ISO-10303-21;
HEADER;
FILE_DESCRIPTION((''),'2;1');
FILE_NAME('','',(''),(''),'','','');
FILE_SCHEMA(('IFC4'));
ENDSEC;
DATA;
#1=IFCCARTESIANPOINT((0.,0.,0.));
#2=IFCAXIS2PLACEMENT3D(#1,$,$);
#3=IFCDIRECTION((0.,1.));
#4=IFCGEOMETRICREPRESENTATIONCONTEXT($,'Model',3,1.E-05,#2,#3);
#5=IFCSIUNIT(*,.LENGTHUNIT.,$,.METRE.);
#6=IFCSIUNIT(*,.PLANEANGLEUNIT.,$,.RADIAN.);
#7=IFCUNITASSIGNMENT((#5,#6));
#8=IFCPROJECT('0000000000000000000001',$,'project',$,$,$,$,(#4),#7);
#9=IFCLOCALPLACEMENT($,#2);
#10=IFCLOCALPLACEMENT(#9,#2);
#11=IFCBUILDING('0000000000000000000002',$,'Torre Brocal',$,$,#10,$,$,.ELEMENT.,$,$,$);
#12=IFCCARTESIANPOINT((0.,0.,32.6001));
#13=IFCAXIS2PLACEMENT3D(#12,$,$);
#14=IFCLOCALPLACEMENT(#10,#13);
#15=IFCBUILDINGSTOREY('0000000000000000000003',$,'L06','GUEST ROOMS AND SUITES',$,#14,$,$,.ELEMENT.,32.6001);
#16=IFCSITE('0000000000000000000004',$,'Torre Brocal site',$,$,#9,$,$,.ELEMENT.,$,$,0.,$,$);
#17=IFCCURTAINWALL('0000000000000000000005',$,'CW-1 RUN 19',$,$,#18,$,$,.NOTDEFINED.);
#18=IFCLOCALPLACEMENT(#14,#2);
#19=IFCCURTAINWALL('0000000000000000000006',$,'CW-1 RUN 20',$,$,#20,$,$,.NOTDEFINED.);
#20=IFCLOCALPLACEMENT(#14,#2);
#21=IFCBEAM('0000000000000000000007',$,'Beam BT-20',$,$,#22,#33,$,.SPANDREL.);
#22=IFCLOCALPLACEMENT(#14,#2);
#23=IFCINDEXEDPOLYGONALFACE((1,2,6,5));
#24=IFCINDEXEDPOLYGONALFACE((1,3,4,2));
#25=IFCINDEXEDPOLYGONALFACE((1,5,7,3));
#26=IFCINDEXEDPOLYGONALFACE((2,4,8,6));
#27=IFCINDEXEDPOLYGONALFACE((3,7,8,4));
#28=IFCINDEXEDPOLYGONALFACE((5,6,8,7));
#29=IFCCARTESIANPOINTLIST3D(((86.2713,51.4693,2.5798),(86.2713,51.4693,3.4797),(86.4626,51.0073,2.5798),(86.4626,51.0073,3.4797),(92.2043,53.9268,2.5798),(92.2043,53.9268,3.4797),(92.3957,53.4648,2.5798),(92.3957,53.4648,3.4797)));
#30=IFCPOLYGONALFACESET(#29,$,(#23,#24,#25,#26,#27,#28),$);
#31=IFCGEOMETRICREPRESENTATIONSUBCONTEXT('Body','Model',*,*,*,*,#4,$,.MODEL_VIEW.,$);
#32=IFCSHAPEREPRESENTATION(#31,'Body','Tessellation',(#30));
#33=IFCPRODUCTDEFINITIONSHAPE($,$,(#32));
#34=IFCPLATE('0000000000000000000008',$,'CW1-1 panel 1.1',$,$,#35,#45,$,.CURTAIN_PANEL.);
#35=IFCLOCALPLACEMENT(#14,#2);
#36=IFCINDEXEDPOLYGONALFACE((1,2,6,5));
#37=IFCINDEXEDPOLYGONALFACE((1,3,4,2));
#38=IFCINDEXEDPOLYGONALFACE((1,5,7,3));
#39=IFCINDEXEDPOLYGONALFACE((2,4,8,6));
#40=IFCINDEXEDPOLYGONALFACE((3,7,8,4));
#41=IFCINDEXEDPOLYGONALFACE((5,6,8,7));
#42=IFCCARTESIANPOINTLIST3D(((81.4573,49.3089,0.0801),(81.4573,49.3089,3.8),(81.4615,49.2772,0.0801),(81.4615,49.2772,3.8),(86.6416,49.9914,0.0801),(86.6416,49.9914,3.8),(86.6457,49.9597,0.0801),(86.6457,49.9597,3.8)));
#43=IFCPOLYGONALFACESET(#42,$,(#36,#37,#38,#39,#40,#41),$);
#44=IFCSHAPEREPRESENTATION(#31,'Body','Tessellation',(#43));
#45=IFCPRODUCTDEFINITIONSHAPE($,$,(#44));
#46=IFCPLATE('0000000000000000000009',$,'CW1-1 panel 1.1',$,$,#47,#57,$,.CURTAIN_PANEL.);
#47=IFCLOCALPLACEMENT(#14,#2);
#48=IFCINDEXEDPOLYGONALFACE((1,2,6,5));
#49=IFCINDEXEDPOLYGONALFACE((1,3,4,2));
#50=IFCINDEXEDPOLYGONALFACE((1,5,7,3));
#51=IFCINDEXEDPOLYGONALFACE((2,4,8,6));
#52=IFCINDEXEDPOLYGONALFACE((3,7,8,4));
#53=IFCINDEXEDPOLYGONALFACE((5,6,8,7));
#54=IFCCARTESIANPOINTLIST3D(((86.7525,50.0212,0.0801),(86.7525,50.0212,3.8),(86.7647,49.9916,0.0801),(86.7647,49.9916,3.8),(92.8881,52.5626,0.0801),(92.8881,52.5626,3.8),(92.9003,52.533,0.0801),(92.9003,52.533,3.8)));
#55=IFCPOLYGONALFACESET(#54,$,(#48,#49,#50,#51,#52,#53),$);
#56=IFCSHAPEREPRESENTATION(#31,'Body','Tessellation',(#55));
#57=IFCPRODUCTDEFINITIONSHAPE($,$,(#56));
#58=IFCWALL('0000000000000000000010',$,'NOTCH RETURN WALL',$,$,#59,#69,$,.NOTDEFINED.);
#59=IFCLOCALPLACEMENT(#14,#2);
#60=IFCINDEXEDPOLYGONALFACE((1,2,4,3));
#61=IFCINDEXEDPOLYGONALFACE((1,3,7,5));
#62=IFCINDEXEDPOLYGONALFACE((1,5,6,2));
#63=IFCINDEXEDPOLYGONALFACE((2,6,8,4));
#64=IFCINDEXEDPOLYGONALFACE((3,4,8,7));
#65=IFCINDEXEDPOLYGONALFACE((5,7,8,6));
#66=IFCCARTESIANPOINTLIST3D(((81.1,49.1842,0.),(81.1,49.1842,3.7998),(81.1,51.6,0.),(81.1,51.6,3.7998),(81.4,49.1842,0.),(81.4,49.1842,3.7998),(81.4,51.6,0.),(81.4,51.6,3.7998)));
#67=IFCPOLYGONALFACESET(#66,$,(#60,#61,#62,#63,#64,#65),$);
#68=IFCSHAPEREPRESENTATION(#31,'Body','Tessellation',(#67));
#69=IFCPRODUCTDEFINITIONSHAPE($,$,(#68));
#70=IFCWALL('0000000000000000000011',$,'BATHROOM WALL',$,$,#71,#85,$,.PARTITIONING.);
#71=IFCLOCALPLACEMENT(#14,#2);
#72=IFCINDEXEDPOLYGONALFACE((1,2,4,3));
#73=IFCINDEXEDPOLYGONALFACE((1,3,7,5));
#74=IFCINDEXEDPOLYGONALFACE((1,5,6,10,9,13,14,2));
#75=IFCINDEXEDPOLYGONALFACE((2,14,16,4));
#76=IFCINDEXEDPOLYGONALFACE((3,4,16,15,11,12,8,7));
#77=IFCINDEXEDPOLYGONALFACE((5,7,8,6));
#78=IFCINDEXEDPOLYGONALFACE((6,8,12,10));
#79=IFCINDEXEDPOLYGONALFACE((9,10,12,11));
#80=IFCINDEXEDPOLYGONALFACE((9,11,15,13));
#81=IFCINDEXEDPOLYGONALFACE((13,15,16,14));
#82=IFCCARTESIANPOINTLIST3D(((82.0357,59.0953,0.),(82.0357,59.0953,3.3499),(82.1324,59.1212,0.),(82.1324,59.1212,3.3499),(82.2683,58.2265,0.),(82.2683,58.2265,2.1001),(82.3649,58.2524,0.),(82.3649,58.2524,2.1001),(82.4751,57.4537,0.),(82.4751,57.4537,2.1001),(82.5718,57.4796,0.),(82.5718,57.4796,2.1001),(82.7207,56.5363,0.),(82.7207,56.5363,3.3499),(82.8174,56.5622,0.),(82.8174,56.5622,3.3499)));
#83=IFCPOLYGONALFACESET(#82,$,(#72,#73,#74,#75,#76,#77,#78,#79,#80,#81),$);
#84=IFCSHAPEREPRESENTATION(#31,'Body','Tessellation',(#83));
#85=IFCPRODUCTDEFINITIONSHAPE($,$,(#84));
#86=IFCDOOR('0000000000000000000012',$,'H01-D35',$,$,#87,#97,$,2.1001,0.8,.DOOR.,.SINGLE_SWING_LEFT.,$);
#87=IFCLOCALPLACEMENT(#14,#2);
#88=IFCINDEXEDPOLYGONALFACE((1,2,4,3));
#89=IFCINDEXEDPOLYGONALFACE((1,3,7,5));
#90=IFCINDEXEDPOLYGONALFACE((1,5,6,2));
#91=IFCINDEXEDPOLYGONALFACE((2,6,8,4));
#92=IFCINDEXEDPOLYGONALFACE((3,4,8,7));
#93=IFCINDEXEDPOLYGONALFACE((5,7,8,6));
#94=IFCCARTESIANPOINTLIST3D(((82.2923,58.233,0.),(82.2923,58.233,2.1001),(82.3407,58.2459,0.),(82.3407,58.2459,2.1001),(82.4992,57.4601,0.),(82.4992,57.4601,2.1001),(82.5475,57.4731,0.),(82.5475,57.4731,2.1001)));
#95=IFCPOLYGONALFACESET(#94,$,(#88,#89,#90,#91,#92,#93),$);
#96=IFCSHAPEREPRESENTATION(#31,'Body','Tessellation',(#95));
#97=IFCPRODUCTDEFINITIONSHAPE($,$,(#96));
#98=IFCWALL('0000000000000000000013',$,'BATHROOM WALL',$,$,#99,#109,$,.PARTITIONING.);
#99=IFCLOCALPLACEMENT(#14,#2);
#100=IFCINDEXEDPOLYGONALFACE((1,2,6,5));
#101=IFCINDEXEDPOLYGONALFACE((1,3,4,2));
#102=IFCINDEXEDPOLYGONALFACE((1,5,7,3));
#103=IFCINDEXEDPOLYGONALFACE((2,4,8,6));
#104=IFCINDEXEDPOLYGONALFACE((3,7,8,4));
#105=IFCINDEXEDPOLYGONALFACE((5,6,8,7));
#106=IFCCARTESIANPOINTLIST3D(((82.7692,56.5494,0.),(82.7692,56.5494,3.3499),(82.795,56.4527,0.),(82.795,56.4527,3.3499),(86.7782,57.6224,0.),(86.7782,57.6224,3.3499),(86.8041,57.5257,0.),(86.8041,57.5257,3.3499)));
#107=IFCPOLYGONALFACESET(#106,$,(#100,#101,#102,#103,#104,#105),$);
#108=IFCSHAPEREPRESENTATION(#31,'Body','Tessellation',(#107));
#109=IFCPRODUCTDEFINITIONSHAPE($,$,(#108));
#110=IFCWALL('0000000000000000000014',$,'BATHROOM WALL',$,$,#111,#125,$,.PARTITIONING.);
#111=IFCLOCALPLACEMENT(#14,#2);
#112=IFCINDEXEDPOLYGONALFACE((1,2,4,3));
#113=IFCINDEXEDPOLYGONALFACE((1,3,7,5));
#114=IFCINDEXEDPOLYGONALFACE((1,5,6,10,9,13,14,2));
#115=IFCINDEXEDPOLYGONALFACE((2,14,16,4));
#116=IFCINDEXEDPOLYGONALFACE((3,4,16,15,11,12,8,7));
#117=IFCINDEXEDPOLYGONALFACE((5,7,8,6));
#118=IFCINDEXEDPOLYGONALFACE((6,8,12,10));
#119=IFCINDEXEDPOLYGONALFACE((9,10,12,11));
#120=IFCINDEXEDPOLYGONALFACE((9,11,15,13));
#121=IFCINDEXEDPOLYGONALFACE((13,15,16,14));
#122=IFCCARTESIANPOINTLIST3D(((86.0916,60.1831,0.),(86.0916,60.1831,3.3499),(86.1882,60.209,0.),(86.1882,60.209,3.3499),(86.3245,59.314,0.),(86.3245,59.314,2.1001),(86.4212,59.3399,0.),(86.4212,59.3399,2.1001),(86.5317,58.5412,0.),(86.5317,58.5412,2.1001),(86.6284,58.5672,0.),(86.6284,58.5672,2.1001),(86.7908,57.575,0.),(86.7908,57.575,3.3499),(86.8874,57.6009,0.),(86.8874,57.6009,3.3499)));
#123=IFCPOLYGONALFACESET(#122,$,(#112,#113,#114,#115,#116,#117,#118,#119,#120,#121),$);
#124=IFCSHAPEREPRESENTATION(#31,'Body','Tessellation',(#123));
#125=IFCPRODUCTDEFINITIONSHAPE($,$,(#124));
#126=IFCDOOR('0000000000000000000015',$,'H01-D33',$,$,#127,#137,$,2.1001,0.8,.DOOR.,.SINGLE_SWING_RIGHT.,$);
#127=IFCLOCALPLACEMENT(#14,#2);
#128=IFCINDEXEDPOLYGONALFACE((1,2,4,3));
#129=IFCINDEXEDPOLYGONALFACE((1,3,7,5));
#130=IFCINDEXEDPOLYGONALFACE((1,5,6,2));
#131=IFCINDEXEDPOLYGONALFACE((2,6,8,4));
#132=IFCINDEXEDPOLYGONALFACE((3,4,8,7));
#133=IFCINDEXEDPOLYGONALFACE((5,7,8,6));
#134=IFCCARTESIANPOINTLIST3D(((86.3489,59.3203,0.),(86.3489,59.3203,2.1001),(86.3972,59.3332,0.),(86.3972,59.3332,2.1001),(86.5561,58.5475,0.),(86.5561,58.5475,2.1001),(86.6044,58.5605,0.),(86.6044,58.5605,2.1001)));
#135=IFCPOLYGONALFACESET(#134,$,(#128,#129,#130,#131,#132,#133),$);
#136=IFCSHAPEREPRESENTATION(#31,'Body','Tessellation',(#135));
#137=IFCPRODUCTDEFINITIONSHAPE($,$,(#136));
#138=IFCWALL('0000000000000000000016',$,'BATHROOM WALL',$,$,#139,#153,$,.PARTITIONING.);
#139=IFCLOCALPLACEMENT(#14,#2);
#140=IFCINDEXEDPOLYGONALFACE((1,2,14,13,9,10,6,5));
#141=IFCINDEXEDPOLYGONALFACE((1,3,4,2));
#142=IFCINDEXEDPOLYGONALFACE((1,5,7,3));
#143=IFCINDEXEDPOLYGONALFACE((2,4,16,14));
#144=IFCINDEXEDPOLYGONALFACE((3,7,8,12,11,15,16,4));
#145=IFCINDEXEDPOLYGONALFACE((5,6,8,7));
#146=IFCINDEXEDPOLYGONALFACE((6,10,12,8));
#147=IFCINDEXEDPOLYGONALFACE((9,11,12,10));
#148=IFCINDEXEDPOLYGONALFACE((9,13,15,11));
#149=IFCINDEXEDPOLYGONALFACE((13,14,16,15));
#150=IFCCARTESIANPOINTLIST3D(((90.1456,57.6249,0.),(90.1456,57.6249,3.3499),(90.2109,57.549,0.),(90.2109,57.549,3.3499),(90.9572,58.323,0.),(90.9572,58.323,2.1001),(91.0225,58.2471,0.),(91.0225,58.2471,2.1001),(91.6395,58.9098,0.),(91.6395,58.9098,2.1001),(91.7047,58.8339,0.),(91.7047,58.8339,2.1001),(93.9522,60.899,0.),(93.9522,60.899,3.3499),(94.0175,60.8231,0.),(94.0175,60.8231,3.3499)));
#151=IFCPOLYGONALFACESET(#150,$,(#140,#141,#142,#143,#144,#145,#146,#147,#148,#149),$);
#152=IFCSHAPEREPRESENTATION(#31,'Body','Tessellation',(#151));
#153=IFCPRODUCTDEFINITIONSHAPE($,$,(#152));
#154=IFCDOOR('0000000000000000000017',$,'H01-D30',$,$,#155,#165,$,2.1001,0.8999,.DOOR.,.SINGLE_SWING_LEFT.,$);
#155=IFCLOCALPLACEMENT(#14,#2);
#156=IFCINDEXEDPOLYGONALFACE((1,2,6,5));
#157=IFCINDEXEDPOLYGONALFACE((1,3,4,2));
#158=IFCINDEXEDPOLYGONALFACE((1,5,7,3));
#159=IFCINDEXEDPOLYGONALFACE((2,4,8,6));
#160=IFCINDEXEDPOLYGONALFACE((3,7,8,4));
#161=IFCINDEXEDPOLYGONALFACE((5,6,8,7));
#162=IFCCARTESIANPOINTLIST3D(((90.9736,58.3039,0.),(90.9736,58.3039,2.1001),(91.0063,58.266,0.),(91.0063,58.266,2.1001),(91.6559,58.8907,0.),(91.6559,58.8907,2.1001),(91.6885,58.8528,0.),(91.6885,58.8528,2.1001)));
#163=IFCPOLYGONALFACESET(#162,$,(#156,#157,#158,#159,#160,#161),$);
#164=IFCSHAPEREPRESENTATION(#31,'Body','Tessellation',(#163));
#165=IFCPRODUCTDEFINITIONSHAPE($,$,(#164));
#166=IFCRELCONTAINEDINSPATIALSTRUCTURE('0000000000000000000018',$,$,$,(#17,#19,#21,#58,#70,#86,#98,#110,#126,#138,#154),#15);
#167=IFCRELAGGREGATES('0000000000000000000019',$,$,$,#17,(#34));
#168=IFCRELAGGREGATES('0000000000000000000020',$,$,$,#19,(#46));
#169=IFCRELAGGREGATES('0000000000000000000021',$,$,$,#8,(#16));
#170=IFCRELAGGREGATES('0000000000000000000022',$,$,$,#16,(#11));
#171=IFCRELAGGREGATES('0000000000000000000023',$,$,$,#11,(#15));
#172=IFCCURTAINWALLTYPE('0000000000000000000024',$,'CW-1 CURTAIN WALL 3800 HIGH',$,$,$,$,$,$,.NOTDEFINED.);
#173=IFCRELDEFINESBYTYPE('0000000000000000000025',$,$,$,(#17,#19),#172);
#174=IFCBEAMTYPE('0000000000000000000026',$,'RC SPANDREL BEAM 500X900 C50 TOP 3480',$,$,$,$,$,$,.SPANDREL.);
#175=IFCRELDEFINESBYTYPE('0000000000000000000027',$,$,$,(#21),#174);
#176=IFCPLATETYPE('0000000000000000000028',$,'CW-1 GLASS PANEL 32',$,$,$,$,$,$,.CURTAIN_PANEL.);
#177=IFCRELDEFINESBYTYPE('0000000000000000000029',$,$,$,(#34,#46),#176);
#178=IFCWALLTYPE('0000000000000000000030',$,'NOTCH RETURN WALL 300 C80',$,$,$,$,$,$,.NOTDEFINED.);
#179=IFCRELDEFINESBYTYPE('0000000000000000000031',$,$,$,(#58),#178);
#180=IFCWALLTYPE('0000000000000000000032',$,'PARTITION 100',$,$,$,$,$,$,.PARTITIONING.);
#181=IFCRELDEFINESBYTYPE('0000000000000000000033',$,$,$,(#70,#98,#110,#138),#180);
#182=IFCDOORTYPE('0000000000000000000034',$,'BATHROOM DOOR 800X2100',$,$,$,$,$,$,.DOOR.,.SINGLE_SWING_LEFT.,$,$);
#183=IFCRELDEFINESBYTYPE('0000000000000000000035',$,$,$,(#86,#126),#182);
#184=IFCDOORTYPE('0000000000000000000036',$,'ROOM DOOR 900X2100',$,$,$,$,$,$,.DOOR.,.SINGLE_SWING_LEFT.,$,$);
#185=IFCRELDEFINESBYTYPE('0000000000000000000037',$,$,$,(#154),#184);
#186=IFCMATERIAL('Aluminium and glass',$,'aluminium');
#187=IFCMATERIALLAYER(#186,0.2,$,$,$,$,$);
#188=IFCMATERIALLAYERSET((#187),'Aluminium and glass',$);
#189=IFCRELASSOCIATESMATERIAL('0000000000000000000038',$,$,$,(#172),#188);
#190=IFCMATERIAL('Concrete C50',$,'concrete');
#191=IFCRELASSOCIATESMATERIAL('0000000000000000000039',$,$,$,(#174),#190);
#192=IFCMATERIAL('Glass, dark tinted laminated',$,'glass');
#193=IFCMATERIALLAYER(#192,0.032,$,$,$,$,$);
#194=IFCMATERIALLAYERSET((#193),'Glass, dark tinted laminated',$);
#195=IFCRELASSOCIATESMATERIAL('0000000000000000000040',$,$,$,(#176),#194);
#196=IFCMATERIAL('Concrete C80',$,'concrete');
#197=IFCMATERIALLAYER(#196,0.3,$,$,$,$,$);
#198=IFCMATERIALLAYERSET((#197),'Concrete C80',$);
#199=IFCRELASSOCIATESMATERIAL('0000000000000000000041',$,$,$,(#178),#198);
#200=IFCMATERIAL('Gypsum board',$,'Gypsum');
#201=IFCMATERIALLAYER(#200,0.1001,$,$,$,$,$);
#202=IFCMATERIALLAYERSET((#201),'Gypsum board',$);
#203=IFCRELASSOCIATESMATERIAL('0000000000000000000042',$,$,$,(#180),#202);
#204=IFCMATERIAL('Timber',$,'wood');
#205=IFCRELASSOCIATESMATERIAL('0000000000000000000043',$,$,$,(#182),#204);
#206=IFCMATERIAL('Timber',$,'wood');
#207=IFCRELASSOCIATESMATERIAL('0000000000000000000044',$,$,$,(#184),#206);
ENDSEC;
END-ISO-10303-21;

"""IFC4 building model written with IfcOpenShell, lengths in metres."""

from ifc_helpers import new_model, si_unit, direction, frame, frame_2d, origin, origin_2d, place, context, subcontext, project, spatial, rectangle, extrude, material, layer, layer_set, material_profile, profile_set, type_object, element, fill, aggregate, save


model = new_model("IFC4")

# Units and contexts
model_context = context("Model", 3, precision=1e-05, world=origin(), true_north=direction((0.0, 1.0)))
body_context = subcontext(model_context, "Body", "Model", "MODEL_VIEW")
ifc_project = project(units=[si_unit("LENGTHUNIT", "METRE"), si_unit("PLANEANGLEUNIT", "RADIAN")], contexts=[model_context])

# Site, building, storey
site_placement = place(None, origin())
site = spatial("IfcSite", under=ifc_project, at=site_placement, Name="Torre Brocal site", CompositionType="ELEMENT", RefElevation=0.0)
building_placement = place(site_placement, origin())
building = spatial("IfcBuilding", under=site, at=building_placement, Name="Torre Brocal", CompositionType="ELEMENT")
storey_placement = place(building_placement, frame((0.0, 0.0, 32.6001)))
storey = spatial("IfcBuildingStorey", under=building, at=storey_placement, Name="L06", Description="GUEST ROOMS AND SUITES", CompositionType="ELEMENT", Elevation=32.6001)

# Curtain wall
ifc_material_1 = material(Name="Aluminium and glass", Category="aluminium")
ifc_layer_1 = layer(ifc_material_1, 0.2)
ifc_layer_set_1 = layer_set([ifc_layer_1], Name="Aluminium and glass")
curtain_wall_type = type_object("IfcCurtainWallType", Name="CW-1 CURTAIN WALL 3800 HIGH", PredefinedType="NOTDEFINED", material=ifc_layer_set_1)
curtain_wall_1_placement = place(storey_placement, origin())
curtain_wall_1 = element("IfcCurtainWall", 1, at=curtain_wall_1_placement, inside=storey, type_object=curtain_wall_type, Name="CW-1 RUN 19", PredefinedType="NOTDEFINED")

# Curtain wall
curtain_wall_2_placement = place(storey_placement, origin())
curtain_wall_2 = element("IfcCurtainWall", 2, at=curtain_wall_2_placement, inside=storey, type_object=curtain_wall_type, Name="CW-1 RUN 20", PredefinedType="NOTDEFINED")

# Beam
ifc_material_2 = material(Name="Concrete C50", Category="concrete")
ifc_material_profile_1 = material_profile(ifc_material_2, rectangle(XDim=0.5, YDim=0.8999, at=origin_2d()), Name="RC 500X900")
ifc_profile_set_1 = profile_set([ifc_material_profile_1], Name="Concrete C50")
beam_type_1 = type_object("IfcBeamType", Name="RC SPANDREL BEAM 500X900 C50 TOP 3480", PredefinedType="SPANDREL", material=ifc_profile_set_1)
beam_1_placement = place(storey_placement, frame((86.3669, 51.2383, 3.0298), z_axis=(0.923882, 0.382676, 0.0), x_axis=(-0.382676, 0.923882, 0.0)))
element("IfcBeam", 3, at=beam_1_placement, inside=storey, type_object=beam_type_1, Name="Beam BT-20", PredefinedType="SPANDREL", context=body_context, shape_type="SweptSolid", body=[
    extrude(rectangle(XDim=0.5, YDim=0.8999, at=origin_2d()), origin(), (0.0, 0.0, 1.0), 6.4219),
])

# Plates
ifc_material_3 = material(Name="Glass, dark tinted laminated", Category="glass")
ifc_layer_2 = layer(ifc_material_3, 0.032)
ifc_layer_set_2 = layer_set([ifc_layer_2], Name="Glass, dark tinted laminated")
plate_type = type_object("IfcPlateType", Name="CW-1 GLASS PANEL 32", PredefinedType="CURTAIN_PANEL", material=ifc_layer_set_2)
plate_1_placement = place(storey_placement, frame((84.0515, 49.6343, 0.0801), z_axis=(0.0, 0.0, 1.0), x_axis=(0.991445, 0.130526, 0.0)))
plate_1 = element("IfcPlate", 4, at=plate_1_placement, type_object=plate_type, Name="CW1-1 panel 1.1", PredefinedType="CURTAIN_PANEL", context=body_context, shape_type="SweptSolid", body=[
    extrude(rectangle(XDim=5.229, YDim=0.032, at=origin_2d()), origin(), (0.0, 0.0, 1.0), 3.72),
])
aggregate(curtain_wall_1, [plate_1])
plate_2_placement = place(storey_placement, frame((89.8264, 51.2771, 0.0801), z_axis=(0.0, 0.0, 1.0), x_axis=(0.92388, 0.382683, 0.0)))
plate_2 = element("IfcPlate", 5, at=plate_2_placement, type_object=plate_type, Name="CW1-1 panel 1.1", PredefinedType="CURTAIN_PANEL", context=body_context, shape_type="SweptSolid", body=[
    extrude(rectangle(XDim=6.6411, YDim=0.032, at=origin_2d()), origin(), (0.0, 0.0, 1.0), 3.72),
])
aggregate(curtain_wall_2, [plate_2])

# Wall
ifc_material_4 = material(Name="Concrete C80", Category="concrete")
ifc_layer_3 = layer(ifc_material_4, 0.3)
ifc_layer_set_3 = layer_set([ifc_layer_3], Name="Concrete C80")
wall_type_1 = type_object("IfcWallType", Name="NOTCH RETURN WALL 300 C80", PredefinedType="NOTDEFINED", material=ifc_layer_set_3)
wall_1_placement = place(storey_placement, frame((81.25, 51.6001, 0.0), z_axis=(0.0, 0.0, 1.0), x_axis=(0.0, -1.0, 0.0)))
element("IfcWall", 6, at=wall_1_placement, inside=storey, type_object=wall_type_1, Name="NOTCH RETURN WALL", PredefinedType="NOTDEFINED", context=body_context, shape_type="SweptSolid", body=[
    extrude(rectangle(XDim=2.4158, YDim=0.3, at=frame_2d((1.208, 0.0))), origin(), (0.0, 0.0, 1.0), 3.7998),
])

# Wall, opening, door
ifc_material_5 = material(Name="Gypsum board", Category="Gypsum")
ifc_layer_4 = layer(ifc_material_5, 0.1001)
ifc_layer_set_4 = layer_set([ifc_layer_4], Name="Gypsum board")
wall_type_2 = type_object("IfcWallType", Name="PARTITION 100", PredefinedType="PARTITIONING", material=ifc_layer_set_4)
wall_2_placement = place(storey_placement, frame((82.084, 59.1084, 0.0), z_axis=(0.0, 0.0, 1.0), x_axis=(0.258592, -0.965987, 0.0)))
wall_2 = element("IfcWall", 7, at=wall_2_placement, inside=storey, type_object=wall_type_2, Name="BATHROOM WALL", PredefinedType="PARTITIONING", context=body_context, shape_type="SweptSolid", body=[
    extrude(rectangle(XDim=2.6492, YDim=0.1001, at=frame_2d((1.3247, 0.0))), origin(), (0.0, 0.0, 1.0), 3.3499),
])
opening_1_placement = place(wall_2_placement, frame((0.8997, 0.0, 0.0)))
opening_1 = element("IfcOpeningElement", 8, at=opening_1_placement, cuts=wall_2, PredefinedType="OPENING", context=body_context, shape_type="SweptSolid", body=[
    extrude(rectangle(XDim=0.8, YDim=2.1001, at=frame_2d((0.3999, 1.05))), frame((0.0, 0.0601, 0.0), z_axis=(0.0, -1.0, 0.0), x_axis=(1.0, 0.0, 0.0)), (0.0, 0.0, 1.0), 0.1201),
])
ifc_material_6 = material(Name="Timber", Category="wood")
door_type_1 = type_object("IfcDoorType", Name="BATHROOM DOOR 800X2100", OperationType="SINGLE_SWING_LEFT", PredefinedType="DOOR", material=ifc_material_6)
door_1_placement = place(opening_1_placement, origin())
door_1 = element("IfcDoor", 9, at=door_1_placement, inside=storey, type_object=door_type_1, Name="H01-D35", OperationType="SINGLE_SWING_LEFT", OverallHeight=2.1001, OverallWidth=0.8, PredefinedType="DOOR", context=body_context, shape_type="SweptSolid", body=[
    extrude(rectangle(XDim=0.8, YDim=2.1001, at=frame_2d((0.3999, 1.05))), frame((0.0, 0.0249, 0.0), z_axis=(0.0, -1.0, 0.0), x_axis=(1.0, 0.0, 0.0)), (0.0, 0.0, 1.0), 0.05),
])
fill(opening_1, door_1)

# Wall
wall_3_placement = place(storey_placement, frame((82.782, 56.501, 0.0), z_axis=(0.0, 0.0, 1.0), x_axis=(0.965999, 0.258545, 0.0)))
element("IfcWall", 10, at=wall_3_placement, inside=storey, type_object=wall_type_2, Name="BATHROOM WALL", PredefinedType="PARTITIONING", context=body_context, shape_type="SweptSolid", body=[
    extrude(rectangle(XDim=4.1501, YDim=0.1001, at=frame_2d((2.0752, 0.0))), origin(), (0.0, 0.0, 1.0), 3.3499),
])

# Walls, openings, doors
wall_4_placement = place(storey_placement, frame((86.1399, 60.196, 0.0), z_axis=(0.0, 0.0, 1.0), x_axis=(0.258945, -0.965892, 0.0)))
wall_4 = element("IfcWall", 11, at=wall_4_placement, inside=storey, type_object=wall_type_2, Name="BATHROOM WALL", PredefinedType="PARTITIONING", context=body_context, shape_type="SweptSolid", body=[
    extrude(rectangle(XDim=2.7002, YDim=0.1001, at=frame_2d((1.3501, 0.0))), origin(), (0.0, 0.0, 1.0), 3.3499),
])
opening_2_placement = place(wall_4_placement, frame((0.8999, 0.0, 0.0)))
opening_2 = element("IfcOpeningElement", 12, at=opening_2_placement, cuts=wall_4, PredefinedType="OPENING", context=body_context, shape_type="SweptSolid", body=[
    extrude(rectangle(XDim=0.8, YDim=2.1001, at=frame_2d((0.3999, 1.05))), frame((0.0, 0.0601, 0.0), z_axis=(0.0, -1.0, 0.0), x_axis=(1.0, 0.0, 0.0)), (0.0, 0.0, 1.0), 0.1201),
])
door_2_placement = place(opening_2_placement, frame((0.8, 0.0, 0.0), z_axis=(0.0, 0.0, 1.0), x_axis=(-1.0, 0.0, 0.0)))
door_2 = element("IfcDoor", 13, at=door_2_placement, inside=storey, type_object=door_type_1, Name="H01-D33", OperationType="SINGLE_SWING_RIGHT", OverallHeight=2.1001, OverallWidth=0.8, PredefinedType="DOOR", context=body_context, shape_type="SweptSolid", body=[
    extrude(rectangle(XDim=0.8, YDim=2.1001, at=frame_2d((0.3999, 1.05))), frame((0.0, 0.0249, 0.0), z_axis=(0.0, -1.0, 0.0), x_axis=(1.0, 0.0, 0.0)), (0.0, 0.0, 1.0), 0.05),
])
fill(opening_2, door_2)
wall_5_placement = place(storey_placement, frame((90.1782, 57.5869, 0.0), z_axis=(0.0, 0.0, 1.0), x_axis=(0.75814, 0.652092, 0.0)))
wall_5 = element("IfcWall", 14, at=wall_5_placement, inside=storey, type_object=wall_type_2, Name="BATHROOM WALL", PredefinedType="PARTITIONING", context=body_context, shape_type="SweptSolid", body=[
    extrude(rectangle(XDim=5.021, YDim=0.1001, at=frame_2d((2.5105, 0.0))), origin(), (0.0, 0.0, 1.0), 3.3499),
])
opening_3_placement = place(wall_5_placement, frame((1.0706, 0.0, 0.0)))
opening_3 = element("IfcOpeningElement", 15, at=opening_3_placement, cuts=wall_5, PredefinedType="OPENING", context=body_context, shape_type="SweptSolid", body=[
    extrude(rectangle(XDim=0.8999, YDim=2.1001, at=frame_2d((0.45, 1.05))), frame((0.0, 0.0601, 0.0), z_axis=(0.0, -1.0, 0.0), x_axis=(1.0, 0.0, 0.0)), (0.0, 0.0, 1.0), 0.1201),
])
ifc_material_7 = material(Name="Timber", Category="wood")
door_type_2 = type_object("IfcDoorType", Name="ROOM DOOR 900X2100", OperationType="SINGLE_SWING_LEFT", PredefinedType="DOOR", material=ifc_material_7)
door_3_placement = place(opening_3_placement, origin())
door_3 = element("IfcDoor", 16, at=door_3_placement, inside=storey, type_object=door_type_2, Name="H01-D30", OperationType="SINGLE_SWING_LEFT", OverallHeight=2.1001, OverallWidth=0.8999, PredefinedType="DOOR", context=body_context, shape_type="SweptSolid", body=[
    extrude(rectangle(XDim=0.8999, YDim=2.1001, at=frame_2d((0.45, 1.05))), frame((0.0, 0.0249, 0.0), z_axis=(0.0, -1.0, 0.0), x_axis=(1.0, 0.0, 0.0)), (0.0, 0.0, 1.0), 0.05),
])
fill(opening_3, door_3)

save(model, "model.ifc")
